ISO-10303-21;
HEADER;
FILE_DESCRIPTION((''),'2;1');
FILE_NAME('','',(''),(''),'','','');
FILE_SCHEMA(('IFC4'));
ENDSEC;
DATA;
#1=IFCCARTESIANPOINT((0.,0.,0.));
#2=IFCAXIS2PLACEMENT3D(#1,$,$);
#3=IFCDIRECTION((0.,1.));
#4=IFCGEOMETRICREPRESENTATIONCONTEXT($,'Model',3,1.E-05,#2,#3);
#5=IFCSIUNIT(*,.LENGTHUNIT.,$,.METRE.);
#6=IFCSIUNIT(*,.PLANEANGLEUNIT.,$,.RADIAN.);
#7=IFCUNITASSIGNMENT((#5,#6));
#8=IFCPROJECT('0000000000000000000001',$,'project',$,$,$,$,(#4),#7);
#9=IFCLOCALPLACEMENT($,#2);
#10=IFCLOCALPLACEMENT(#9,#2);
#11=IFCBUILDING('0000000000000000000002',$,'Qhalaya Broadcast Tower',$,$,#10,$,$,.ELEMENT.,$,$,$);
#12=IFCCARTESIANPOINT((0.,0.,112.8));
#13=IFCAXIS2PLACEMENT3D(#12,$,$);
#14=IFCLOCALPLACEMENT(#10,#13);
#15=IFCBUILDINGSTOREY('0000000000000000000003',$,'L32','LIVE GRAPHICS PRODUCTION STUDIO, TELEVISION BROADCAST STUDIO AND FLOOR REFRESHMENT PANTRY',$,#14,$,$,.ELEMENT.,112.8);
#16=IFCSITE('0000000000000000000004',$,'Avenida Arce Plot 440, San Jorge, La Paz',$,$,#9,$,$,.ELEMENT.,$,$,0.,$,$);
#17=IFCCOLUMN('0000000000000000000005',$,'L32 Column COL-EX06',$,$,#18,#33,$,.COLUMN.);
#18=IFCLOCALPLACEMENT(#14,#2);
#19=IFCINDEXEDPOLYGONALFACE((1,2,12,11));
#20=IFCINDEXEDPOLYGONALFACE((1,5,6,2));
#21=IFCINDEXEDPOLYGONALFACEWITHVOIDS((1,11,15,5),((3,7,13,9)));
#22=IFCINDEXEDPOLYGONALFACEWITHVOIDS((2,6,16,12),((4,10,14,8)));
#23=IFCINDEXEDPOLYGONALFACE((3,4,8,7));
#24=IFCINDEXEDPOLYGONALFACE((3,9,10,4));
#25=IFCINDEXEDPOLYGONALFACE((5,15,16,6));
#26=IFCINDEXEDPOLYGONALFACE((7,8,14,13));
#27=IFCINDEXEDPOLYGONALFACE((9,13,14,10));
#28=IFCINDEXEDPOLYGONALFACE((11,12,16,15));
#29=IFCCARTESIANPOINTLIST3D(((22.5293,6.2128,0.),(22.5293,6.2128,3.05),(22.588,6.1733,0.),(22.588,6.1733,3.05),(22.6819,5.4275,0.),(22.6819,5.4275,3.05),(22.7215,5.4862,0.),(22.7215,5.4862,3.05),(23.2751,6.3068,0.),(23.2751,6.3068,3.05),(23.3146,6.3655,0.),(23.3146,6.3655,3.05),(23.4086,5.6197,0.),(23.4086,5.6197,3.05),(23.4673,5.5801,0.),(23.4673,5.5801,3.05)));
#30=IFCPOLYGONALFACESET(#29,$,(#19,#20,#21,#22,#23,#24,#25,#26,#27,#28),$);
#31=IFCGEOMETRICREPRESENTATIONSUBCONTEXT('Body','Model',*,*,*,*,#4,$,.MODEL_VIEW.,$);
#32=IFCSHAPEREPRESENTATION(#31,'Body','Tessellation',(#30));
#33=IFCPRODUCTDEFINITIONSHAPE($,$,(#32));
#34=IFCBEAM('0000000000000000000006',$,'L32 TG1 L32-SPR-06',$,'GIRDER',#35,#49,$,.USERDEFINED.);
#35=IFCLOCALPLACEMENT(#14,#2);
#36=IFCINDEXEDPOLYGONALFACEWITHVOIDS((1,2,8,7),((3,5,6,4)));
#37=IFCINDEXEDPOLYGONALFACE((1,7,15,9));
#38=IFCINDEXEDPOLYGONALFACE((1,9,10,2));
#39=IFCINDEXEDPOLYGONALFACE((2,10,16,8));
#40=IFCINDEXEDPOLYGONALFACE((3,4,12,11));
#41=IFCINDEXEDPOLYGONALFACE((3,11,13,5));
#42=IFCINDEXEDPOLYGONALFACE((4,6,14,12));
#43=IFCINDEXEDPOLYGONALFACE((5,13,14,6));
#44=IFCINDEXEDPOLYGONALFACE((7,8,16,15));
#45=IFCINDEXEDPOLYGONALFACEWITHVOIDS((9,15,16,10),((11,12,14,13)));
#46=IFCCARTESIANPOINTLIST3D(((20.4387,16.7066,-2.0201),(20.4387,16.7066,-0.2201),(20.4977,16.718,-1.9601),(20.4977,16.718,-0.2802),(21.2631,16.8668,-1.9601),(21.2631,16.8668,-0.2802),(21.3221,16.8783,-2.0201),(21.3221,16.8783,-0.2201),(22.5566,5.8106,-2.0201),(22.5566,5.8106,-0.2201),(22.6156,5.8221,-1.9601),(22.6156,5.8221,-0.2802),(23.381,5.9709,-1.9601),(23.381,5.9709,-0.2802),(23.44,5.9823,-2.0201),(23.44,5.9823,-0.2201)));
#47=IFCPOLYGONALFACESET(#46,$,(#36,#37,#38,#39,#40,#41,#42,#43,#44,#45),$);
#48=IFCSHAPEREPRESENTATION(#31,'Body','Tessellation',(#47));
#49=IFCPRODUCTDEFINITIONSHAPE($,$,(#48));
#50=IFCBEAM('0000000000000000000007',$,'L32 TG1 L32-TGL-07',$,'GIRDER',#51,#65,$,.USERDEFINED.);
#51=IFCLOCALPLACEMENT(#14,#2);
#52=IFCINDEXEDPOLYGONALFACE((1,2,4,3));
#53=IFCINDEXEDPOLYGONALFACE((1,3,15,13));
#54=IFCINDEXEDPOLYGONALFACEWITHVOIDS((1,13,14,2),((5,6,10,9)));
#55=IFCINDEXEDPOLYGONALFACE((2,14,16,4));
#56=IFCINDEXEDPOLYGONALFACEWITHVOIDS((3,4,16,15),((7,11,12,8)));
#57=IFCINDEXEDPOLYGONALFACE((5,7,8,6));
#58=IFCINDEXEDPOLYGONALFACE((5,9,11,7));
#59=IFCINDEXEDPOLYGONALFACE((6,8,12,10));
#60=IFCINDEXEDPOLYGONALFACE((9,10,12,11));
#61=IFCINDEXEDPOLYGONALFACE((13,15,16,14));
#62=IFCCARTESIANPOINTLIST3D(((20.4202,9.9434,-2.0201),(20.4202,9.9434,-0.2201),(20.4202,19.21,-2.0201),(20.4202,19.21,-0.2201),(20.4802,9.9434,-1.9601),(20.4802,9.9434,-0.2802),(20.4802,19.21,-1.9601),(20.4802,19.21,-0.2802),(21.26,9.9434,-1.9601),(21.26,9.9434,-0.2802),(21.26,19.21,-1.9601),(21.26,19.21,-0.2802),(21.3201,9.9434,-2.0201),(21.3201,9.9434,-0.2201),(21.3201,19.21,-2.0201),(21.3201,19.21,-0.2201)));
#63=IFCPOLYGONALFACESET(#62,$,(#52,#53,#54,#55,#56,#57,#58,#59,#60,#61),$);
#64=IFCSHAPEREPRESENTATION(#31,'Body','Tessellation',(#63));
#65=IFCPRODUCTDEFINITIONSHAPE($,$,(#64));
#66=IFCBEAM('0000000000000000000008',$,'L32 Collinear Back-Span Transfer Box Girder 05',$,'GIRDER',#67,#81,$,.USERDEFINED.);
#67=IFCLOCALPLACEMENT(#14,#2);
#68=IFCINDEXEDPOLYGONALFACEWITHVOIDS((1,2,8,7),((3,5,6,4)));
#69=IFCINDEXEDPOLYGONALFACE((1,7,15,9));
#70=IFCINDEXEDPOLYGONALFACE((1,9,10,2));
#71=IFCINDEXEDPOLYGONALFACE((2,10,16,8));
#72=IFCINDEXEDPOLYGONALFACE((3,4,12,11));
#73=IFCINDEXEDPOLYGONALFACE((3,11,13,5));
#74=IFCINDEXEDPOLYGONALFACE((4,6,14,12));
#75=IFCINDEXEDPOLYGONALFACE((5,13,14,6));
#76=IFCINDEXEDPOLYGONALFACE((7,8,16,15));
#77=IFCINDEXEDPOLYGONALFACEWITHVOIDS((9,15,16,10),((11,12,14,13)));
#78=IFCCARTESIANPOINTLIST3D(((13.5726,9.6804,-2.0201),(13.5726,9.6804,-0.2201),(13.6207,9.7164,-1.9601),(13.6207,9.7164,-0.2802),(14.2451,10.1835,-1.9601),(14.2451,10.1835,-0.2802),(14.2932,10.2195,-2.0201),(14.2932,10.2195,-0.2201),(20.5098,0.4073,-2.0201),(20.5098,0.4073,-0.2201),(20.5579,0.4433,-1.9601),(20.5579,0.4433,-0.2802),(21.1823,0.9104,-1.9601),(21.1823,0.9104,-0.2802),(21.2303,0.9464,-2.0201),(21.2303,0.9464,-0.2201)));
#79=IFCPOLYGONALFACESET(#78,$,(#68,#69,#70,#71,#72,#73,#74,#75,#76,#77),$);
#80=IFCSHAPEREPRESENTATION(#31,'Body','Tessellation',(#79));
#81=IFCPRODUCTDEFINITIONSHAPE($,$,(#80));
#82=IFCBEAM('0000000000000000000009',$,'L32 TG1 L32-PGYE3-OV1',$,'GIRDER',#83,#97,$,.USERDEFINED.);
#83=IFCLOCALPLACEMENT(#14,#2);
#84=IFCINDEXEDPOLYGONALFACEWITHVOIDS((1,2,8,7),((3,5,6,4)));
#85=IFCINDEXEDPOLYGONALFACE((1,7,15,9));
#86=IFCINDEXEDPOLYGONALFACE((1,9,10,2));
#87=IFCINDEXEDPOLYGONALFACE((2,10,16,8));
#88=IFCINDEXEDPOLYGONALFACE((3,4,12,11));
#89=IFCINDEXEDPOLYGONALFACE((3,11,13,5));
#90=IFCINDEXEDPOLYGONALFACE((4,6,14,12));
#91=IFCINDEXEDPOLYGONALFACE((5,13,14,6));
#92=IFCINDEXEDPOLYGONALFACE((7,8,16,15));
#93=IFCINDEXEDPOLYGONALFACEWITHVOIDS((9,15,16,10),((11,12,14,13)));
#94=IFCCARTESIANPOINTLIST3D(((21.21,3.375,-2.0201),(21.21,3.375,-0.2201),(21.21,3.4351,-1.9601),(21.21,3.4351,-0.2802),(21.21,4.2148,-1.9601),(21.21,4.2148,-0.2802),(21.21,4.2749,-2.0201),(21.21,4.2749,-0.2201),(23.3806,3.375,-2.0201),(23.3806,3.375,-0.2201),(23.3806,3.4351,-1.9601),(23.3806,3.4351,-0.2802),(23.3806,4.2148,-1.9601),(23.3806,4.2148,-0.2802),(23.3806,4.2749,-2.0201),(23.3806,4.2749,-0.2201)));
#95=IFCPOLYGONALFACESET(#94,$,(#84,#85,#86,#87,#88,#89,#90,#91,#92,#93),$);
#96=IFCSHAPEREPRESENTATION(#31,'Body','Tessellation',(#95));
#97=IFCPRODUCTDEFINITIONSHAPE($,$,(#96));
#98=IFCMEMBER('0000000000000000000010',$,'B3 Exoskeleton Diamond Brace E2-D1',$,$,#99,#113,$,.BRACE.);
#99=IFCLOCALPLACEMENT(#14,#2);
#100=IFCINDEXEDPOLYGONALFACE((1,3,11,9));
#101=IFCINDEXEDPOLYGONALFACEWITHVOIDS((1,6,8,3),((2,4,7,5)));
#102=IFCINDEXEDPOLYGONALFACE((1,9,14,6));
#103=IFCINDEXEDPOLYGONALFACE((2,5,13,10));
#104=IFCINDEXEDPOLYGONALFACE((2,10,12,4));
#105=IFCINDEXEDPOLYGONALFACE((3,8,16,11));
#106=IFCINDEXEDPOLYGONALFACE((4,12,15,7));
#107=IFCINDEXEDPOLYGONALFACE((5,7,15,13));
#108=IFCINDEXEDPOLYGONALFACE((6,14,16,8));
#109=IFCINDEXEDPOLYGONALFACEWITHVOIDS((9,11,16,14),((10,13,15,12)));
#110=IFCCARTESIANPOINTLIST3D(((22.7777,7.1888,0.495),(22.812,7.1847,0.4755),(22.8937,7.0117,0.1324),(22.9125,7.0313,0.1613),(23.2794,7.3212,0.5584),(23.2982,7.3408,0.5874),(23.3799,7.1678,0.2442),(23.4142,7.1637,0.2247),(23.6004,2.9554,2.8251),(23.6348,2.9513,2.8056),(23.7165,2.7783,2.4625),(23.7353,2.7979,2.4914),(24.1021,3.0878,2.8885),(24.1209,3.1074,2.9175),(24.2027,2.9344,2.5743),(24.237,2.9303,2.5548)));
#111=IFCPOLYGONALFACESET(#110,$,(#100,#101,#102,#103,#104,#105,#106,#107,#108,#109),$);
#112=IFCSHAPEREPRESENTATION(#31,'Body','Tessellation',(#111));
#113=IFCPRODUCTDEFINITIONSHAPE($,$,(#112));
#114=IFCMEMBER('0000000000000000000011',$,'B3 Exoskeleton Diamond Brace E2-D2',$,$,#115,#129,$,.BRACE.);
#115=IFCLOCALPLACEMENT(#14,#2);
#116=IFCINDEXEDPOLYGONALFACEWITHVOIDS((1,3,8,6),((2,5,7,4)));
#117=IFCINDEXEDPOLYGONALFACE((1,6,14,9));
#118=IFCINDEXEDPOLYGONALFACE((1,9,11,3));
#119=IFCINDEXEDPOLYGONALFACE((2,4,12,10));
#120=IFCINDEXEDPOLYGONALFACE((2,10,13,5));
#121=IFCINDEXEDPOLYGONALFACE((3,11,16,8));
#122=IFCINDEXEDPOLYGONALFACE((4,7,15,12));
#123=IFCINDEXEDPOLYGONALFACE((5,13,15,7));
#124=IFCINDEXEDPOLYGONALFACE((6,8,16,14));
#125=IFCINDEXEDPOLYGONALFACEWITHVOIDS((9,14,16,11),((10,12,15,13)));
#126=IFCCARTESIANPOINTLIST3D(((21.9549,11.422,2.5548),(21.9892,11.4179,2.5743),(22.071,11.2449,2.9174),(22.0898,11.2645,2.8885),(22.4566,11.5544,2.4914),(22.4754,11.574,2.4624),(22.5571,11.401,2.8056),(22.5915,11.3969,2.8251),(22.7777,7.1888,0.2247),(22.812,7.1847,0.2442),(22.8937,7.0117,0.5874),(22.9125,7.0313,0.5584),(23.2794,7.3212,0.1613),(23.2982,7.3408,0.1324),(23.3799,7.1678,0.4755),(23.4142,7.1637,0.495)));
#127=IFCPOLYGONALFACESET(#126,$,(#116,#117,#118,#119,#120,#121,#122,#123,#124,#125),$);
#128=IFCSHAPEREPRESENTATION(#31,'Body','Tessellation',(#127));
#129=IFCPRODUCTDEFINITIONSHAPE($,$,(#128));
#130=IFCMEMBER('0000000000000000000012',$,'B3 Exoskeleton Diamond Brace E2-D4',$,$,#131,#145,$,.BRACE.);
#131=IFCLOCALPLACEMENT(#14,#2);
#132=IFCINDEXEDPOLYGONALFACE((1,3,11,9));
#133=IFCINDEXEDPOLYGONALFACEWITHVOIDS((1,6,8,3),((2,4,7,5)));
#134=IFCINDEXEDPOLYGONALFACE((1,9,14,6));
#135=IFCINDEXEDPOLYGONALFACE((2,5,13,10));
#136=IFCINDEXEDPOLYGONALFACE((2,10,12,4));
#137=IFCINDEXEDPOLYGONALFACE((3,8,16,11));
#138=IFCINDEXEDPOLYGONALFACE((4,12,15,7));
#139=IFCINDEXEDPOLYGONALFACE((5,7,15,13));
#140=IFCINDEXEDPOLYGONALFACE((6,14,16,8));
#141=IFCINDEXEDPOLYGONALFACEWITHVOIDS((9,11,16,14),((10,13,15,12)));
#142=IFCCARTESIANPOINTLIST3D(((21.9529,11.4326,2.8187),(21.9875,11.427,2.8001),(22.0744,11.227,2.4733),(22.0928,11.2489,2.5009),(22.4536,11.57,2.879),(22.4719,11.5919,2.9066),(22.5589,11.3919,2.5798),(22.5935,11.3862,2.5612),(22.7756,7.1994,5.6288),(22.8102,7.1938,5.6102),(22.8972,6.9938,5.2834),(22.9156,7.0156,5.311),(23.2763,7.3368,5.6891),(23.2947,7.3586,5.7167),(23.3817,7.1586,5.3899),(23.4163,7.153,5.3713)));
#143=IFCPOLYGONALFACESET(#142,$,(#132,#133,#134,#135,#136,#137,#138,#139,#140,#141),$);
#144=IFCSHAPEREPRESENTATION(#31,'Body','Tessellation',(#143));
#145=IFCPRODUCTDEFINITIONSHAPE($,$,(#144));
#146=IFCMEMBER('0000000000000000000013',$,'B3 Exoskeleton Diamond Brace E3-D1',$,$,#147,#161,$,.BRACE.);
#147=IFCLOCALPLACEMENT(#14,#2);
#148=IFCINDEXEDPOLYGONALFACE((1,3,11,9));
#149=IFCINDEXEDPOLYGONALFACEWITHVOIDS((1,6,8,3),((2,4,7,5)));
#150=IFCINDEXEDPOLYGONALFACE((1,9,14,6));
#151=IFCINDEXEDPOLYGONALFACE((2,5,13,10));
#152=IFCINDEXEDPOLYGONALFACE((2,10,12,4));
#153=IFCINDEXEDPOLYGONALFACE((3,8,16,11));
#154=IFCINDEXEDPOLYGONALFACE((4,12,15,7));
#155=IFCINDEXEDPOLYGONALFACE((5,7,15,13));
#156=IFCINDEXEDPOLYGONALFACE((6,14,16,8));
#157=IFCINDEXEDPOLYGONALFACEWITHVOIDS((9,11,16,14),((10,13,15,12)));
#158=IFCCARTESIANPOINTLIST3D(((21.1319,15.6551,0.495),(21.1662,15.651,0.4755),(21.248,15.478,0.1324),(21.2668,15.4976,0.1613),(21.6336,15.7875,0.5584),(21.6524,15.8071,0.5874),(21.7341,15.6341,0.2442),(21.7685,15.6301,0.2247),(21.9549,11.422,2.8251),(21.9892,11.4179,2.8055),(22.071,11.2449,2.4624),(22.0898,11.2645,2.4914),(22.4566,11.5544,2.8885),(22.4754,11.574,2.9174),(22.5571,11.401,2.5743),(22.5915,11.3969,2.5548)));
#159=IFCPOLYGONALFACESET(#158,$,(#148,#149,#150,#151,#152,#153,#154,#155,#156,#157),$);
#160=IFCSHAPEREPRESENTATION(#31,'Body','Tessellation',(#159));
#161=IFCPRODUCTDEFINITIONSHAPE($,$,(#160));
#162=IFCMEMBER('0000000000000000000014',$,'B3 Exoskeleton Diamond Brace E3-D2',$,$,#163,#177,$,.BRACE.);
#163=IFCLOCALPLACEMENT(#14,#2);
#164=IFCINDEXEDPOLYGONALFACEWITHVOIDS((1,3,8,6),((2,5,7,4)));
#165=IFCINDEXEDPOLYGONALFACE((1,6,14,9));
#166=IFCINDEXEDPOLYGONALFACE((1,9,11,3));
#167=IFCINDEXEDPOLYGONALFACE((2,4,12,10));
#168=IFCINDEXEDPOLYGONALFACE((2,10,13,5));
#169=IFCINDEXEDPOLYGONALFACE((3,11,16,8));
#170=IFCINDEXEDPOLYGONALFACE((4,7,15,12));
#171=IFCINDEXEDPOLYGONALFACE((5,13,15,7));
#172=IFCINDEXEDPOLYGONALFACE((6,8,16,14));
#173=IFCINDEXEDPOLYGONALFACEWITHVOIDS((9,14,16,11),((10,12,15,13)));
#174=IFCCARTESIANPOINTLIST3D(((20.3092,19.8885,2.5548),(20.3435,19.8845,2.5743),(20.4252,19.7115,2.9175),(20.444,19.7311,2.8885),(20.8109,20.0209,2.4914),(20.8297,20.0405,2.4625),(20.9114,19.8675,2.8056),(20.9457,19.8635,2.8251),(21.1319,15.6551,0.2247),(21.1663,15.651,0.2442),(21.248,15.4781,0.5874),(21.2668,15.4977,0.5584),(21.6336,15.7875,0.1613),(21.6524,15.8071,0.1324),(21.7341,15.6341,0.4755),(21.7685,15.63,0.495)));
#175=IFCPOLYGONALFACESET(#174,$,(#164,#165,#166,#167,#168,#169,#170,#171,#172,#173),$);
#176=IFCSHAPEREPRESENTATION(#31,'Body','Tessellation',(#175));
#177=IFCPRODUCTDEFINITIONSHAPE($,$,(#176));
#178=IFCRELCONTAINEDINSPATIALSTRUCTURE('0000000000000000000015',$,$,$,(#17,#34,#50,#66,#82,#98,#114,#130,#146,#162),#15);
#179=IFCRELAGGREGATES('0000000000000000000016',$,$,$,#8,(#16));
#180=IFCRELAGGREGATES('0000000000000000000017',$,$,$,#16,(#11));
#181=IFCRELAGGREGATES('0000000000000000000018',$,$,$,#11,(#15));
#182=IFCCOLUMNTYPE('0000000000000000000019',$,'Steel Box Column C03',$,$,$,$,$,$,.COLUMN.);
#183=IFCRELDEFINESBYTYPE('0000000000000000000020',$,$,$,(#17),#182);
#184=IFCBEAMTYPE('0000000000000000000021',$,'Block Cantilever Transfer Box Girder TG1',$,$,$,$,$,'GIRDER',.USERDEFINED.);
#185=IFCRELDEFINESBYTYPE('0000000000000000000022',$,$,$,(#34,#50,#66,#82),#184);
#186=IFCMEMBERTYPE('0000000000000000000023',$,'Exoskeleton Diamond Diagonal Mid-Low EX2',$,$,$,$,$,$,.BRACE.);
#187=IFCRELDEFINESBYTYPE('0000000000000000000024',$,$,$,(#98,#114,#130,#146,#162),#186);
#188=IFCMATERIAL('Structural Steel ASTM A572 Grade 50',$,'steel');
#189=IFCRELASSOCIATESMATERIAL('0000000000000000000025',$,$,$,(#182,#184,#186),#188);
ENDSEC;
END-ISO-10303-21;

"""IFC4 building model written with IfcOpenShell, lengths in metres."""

from ifc_helpers import new_model, si_unit, direction, frame, origin, origin_2d, place, context, subcontext, project, spatial, hollow_rectangle, extrude, material, material_profile, profile_set, type_object, element, save


model = new_model("IFC4")

# Units and contexts
model_context = context("Model", 3, precision=1e-05, world=origin(), true_north=direction((0.0, 1.0)))
body_context = subcontext(model_context, "Body", "Model", "MODEL_VIEW")
ifc_project = project(units=[si_unit("LENGTHUNIT", "METRE"), si_unit("PLANEANGLEUNIT", "RADIAN")], contexts=[model_context])

# Site, building, storey
site_placement = place(None, origin())
site = spatial("IfcSite", under=ifc_project, at=site_placement, Name="Avenida Arce Plot 440, San Jorge, La Paz", CompositionType="ELEMENT", RefElevation=0.0)
building_placement = place(site_placement, origin())
building = spatial("IfcBuilding", under=site, at=building_placement, Name="Qhalaya Broadcast Tower", CompositionType="ELEMENT")
storey_placement = place(building_placement, frame((0.0, 0.0, 112.8)))
storey = spatial("IfcBuildingStorey", under=building, at=storey_placement, Name="L32", Description="LIVE GRAPHICS PRODUCTION STUDIO, TELEVISION BROADCAST STUDIO AND FLOOR REFRESHMENT PANTRY", CompositionType="ELEMENT", Elevation=112.8)

# Column
ifc_material_1 = material(Name="Structural Steel ASTM A572 Grade 50", Category="steel")
ifc_material_profile_1 = material_profile(ifc_material_1, hollow_rectangle(XDim=0.8, YDim=0.8, WallThickness=0.05, at=origin_2d()), Name="BOX 800x800x50")
ifc_profile_set_1 = profile_set([ifc_material_profile_1], Name="Structural Steel ASTM A572 Grade 50")
column_type = type_object("IfcColumnType", Name="Steel Box Column C03", PredefinedType="COLUMN", material=ifc_profile_set_1)
column_placement = place(storey_placement, frame((22.9983, 5.8965, 0.0), z_axis=(0.0, 0.0, 1.0), x_axis=(-0.190809, 0.981627, 0.0)))
element("IfcColumn", 1, at=column_placement, inside=storey, type_object=column_type, Name="L32 Column COL-EX06", PredefinedType="COLUMN", context=body_context, shape_type="SweptSolid", body=[
    extrude(hollow_rectangle(XDim=0.8, YDim=0.8, WallThickness=0.05, at=origin_2d()), origin(), (0.0, 0.0, 1.0), 3.05),
])

# Beams
ifc_material_profile_2 = material_profile(ifc_material_1, hollow_rectangle(XDim=0.8999, YDim=1.8, WallThickness=0.0601, at=origin_2d()), Name="BOX 900x1800x60")
ifc_profile_set_2 = profile_set([ifc_material_profile_2], Name="Structural Steel ASTM A572 Grade 50")
beam_type_1 = type_object("IfcBeamType", Name="Block Cantilever Transfer Box Girder TG1", ElementType="GIRDER", PredefinedType="USERDEFINED", material=ifc_profile_set_2)
beam_1_placement = place(storey_placement, frame((22.9983, 5.8965, -1.1201), z_axis=(-0.190805, 0.981628, 0.0), x_axis=(-0.981628, -0.190805, 0.0)))
element("IfcBeam", 2, at=beam_1_placement, inside=storey, type_object=beam_type_1, Name="L32 TG1 L32-SPR-06", ObjectType="GIRDER", PredefinedType="USERDEFINED", context=body_context, shape_type="SweptSolid", body=[
    extrude(hollow_rectangle(XDim=0.8999, YDim=1.8, WallThickness=0.0601, at=origin_2d()), origin(), (0.0, 0.0, 1.0), 11.0999),
])
beam_2_placement = place(storey_placement, frame((20.8701, 9.9434, -1.1201), z_axis=(0.0, 1.0, 0.0), x_axis=(-1.0, 0.0, 0.0)))
element("IfcBeam", 3, at=beam_2_placement, inside=storey, type_object=beam_type_1, Name="L32 TG1 L32-TGL-07", ObjectType="GIRDER", PredefinedType="USERDEFINED", context=body_context, shape_type="SweptSolid", body=[
    extrude(hollow_rectangle(XDim=0.8999, YDim=1.8, WallThickness=0.0601, at=origin_2d()), origin(), (0.0, 0.0, 1.0), 9.2666),
])
beam_3_placement = place(storey_placement, frame((13.9329, 9.95, -1.1201), z_axis=(0.599025, -0.800731, 0.0), x_axis=(0.800731, 0.599025, 0.0)))
element("IfcBeam", 4, at=beam_3_placement, inside=storey, type_object=beam_type_1, Name="L32 Collinear Back-Span Transfer Box Girder 05", ObjectType="GIRDER", PredefinedType="USERDEFINED", context=body_context, shape_type="SweptSolid", body=[
    extrude(hollow_rectangle(XDim=0.8999, YDim=1.8, WallThickness=0.0601, at=origin_2d()), origin(), (0.0, 0.0, 1.0), 11.5808),
])
beam_4_placement = place(storey_placement, frame((21.21, 3.825, -1.1201), z_axis=(1.0, 0.0, 0.0), x_axis=(0.0, 1.0, 0.0)))
element("IfcBeam", 5, at=beam_4_placement, inside=storey, type_object=beam_type_1, Name="L32 TG1 L32-PGYE3-OV1", ObjectType="GIRDER", PredefinedType="USERDEFINED", context=body_context, shape_type="SweptSolid", body=[
    extrude(hollow_rectangle(XDim=0.8999, YDim=1.8, WallThickness=0.0601, at=origin_2d()), origin(), (0.0, 0.0, 1.0), 2.1707),
])

# Members
ifc_material_profile_3 = material_profile(ifc_material_1, hollow_rectangle(XDim=0.4199, YDim=0.55, WallThickness=0.0281, at=origin_2d()), Name="BOX 420x550x28")
ifc_profile_set_3 = profile_set([ifc_material_profile_3], Name="Structural Steel ASTM A572 Grade 50")
member_type = type_object("IfcMemberType", Name="Exoskeleton Diamond Diagonal Mid-Low EX2", PredefinedType="BRACE", material=ifc_profile_set_3)
member_1_placement = place(storey_placement, frame((23.0959, 7.1763, 0.3599), z_axis=(0.167847, -0.863638, 0.475349), x_axis=(-0.276325, 0.421643, 0.863633)))
element("IfcMember", 6, at=member_1_placement, inside=storey, type_object=member_type, Name="B3 Exoskeleton Diamond Brace E2-D1", PredefinedType="BRACE", context=body_context, shape_type="SweptSolid", body=[
    extrude(hollow_rectangle(XDim=0.4199, YDim=0.55, WallThickness=0.0281, at=origin_2d()), origin(), (0.0, 0.0, 1.0), 4.9019),
])
member_2_placement = place(storey_placement, frame((23.0959, 7.1763, 0.3599), z_axis=(-0.167854, 0.863625, 0.47537), x_axis=(0.276333, -0.42166, 0.863622)))
element("IfcMember", 7, at=member_2_placement, inside=storey, type_object=member_type, Name="B3 Exoskeleton Diamond Brace E2-D2", PredefinedType="BRACE", context=body_context, shape_type="SweptSolid", body=[
    extrude(hollow_rectangle(XDim=0.4199, YDim=0.55, WallThickness=0.0281, at=origin_2d()), origin(), (0.0, 0.0, 1.0), 4.9016),
])
member_3_placement = place(storey_placement, frame((22.2732, 11.4094, 2.6899), z_axis=(0.159847, -0.82243, 0.545947), x_axis=(-0.289551, 0.489668, 0.822427)))
element("IfcMember", 8, at=member_3_placement, inside=storey, type_object=member_type, Name="B3 Exoskeleton Diamond Brace E2-D4", PredefinedType="BRACE", context=body_context, shape_type="SweptSolid", body=[
    extrude(hollow_rectangle(XDim=0.4199, YDim=0.55, WallThickness=0.0281, at=origin_2d()), origin(), (0.0, 0.0, 1.0), 5.1472),
])
member_4_placement = place(storey_placement, frame((21.4502, 15.6426, 0.3599), z_axis=(0.167902, -0.863618, 0.475366), x_axis=(-0.276356, 0.421641, 0.863624)))
element("IfcMember", 9, at=member_4_placement, inside=storey, type_object=member_type, Name="B3 Exoskeleton Diamond Brace E3-D1", PredefinedType="BRACE", context=body_context, shape_type="SweptSolid", body=[
    extrude(hollow_rectangle(XDim=0.4199, YDim=0.55, WallThickness=0.0281, at=origin_2d()), origin(), (0.0, 0.0, 1.0), 4.9016),
])
member_5_placement = place(storey_placement, frame((21.4502, 15.6426, 0.3599), z_axis=(-0.167847, 0.863638, 0.475349), x_axis=(0.276325, -0.421643, 0.863633)))
element("IfcMember", 10, at=member_5_placement, inside=storey, type_object=member_type, Name="B3 Exoskeleton Diamond Brace E3-D2", PredefinedType="BRACE", context=body_context, shape_type="SweptSolid", body=[
    extrude(hollow_rectangle(XDim=0.4199, YDim=0.55, WallThickness=0.0281, at=origin_2d()), origin(), (0.0, 0.0, 1.0), 4.9019),
])

save(model, "model.ifc")
